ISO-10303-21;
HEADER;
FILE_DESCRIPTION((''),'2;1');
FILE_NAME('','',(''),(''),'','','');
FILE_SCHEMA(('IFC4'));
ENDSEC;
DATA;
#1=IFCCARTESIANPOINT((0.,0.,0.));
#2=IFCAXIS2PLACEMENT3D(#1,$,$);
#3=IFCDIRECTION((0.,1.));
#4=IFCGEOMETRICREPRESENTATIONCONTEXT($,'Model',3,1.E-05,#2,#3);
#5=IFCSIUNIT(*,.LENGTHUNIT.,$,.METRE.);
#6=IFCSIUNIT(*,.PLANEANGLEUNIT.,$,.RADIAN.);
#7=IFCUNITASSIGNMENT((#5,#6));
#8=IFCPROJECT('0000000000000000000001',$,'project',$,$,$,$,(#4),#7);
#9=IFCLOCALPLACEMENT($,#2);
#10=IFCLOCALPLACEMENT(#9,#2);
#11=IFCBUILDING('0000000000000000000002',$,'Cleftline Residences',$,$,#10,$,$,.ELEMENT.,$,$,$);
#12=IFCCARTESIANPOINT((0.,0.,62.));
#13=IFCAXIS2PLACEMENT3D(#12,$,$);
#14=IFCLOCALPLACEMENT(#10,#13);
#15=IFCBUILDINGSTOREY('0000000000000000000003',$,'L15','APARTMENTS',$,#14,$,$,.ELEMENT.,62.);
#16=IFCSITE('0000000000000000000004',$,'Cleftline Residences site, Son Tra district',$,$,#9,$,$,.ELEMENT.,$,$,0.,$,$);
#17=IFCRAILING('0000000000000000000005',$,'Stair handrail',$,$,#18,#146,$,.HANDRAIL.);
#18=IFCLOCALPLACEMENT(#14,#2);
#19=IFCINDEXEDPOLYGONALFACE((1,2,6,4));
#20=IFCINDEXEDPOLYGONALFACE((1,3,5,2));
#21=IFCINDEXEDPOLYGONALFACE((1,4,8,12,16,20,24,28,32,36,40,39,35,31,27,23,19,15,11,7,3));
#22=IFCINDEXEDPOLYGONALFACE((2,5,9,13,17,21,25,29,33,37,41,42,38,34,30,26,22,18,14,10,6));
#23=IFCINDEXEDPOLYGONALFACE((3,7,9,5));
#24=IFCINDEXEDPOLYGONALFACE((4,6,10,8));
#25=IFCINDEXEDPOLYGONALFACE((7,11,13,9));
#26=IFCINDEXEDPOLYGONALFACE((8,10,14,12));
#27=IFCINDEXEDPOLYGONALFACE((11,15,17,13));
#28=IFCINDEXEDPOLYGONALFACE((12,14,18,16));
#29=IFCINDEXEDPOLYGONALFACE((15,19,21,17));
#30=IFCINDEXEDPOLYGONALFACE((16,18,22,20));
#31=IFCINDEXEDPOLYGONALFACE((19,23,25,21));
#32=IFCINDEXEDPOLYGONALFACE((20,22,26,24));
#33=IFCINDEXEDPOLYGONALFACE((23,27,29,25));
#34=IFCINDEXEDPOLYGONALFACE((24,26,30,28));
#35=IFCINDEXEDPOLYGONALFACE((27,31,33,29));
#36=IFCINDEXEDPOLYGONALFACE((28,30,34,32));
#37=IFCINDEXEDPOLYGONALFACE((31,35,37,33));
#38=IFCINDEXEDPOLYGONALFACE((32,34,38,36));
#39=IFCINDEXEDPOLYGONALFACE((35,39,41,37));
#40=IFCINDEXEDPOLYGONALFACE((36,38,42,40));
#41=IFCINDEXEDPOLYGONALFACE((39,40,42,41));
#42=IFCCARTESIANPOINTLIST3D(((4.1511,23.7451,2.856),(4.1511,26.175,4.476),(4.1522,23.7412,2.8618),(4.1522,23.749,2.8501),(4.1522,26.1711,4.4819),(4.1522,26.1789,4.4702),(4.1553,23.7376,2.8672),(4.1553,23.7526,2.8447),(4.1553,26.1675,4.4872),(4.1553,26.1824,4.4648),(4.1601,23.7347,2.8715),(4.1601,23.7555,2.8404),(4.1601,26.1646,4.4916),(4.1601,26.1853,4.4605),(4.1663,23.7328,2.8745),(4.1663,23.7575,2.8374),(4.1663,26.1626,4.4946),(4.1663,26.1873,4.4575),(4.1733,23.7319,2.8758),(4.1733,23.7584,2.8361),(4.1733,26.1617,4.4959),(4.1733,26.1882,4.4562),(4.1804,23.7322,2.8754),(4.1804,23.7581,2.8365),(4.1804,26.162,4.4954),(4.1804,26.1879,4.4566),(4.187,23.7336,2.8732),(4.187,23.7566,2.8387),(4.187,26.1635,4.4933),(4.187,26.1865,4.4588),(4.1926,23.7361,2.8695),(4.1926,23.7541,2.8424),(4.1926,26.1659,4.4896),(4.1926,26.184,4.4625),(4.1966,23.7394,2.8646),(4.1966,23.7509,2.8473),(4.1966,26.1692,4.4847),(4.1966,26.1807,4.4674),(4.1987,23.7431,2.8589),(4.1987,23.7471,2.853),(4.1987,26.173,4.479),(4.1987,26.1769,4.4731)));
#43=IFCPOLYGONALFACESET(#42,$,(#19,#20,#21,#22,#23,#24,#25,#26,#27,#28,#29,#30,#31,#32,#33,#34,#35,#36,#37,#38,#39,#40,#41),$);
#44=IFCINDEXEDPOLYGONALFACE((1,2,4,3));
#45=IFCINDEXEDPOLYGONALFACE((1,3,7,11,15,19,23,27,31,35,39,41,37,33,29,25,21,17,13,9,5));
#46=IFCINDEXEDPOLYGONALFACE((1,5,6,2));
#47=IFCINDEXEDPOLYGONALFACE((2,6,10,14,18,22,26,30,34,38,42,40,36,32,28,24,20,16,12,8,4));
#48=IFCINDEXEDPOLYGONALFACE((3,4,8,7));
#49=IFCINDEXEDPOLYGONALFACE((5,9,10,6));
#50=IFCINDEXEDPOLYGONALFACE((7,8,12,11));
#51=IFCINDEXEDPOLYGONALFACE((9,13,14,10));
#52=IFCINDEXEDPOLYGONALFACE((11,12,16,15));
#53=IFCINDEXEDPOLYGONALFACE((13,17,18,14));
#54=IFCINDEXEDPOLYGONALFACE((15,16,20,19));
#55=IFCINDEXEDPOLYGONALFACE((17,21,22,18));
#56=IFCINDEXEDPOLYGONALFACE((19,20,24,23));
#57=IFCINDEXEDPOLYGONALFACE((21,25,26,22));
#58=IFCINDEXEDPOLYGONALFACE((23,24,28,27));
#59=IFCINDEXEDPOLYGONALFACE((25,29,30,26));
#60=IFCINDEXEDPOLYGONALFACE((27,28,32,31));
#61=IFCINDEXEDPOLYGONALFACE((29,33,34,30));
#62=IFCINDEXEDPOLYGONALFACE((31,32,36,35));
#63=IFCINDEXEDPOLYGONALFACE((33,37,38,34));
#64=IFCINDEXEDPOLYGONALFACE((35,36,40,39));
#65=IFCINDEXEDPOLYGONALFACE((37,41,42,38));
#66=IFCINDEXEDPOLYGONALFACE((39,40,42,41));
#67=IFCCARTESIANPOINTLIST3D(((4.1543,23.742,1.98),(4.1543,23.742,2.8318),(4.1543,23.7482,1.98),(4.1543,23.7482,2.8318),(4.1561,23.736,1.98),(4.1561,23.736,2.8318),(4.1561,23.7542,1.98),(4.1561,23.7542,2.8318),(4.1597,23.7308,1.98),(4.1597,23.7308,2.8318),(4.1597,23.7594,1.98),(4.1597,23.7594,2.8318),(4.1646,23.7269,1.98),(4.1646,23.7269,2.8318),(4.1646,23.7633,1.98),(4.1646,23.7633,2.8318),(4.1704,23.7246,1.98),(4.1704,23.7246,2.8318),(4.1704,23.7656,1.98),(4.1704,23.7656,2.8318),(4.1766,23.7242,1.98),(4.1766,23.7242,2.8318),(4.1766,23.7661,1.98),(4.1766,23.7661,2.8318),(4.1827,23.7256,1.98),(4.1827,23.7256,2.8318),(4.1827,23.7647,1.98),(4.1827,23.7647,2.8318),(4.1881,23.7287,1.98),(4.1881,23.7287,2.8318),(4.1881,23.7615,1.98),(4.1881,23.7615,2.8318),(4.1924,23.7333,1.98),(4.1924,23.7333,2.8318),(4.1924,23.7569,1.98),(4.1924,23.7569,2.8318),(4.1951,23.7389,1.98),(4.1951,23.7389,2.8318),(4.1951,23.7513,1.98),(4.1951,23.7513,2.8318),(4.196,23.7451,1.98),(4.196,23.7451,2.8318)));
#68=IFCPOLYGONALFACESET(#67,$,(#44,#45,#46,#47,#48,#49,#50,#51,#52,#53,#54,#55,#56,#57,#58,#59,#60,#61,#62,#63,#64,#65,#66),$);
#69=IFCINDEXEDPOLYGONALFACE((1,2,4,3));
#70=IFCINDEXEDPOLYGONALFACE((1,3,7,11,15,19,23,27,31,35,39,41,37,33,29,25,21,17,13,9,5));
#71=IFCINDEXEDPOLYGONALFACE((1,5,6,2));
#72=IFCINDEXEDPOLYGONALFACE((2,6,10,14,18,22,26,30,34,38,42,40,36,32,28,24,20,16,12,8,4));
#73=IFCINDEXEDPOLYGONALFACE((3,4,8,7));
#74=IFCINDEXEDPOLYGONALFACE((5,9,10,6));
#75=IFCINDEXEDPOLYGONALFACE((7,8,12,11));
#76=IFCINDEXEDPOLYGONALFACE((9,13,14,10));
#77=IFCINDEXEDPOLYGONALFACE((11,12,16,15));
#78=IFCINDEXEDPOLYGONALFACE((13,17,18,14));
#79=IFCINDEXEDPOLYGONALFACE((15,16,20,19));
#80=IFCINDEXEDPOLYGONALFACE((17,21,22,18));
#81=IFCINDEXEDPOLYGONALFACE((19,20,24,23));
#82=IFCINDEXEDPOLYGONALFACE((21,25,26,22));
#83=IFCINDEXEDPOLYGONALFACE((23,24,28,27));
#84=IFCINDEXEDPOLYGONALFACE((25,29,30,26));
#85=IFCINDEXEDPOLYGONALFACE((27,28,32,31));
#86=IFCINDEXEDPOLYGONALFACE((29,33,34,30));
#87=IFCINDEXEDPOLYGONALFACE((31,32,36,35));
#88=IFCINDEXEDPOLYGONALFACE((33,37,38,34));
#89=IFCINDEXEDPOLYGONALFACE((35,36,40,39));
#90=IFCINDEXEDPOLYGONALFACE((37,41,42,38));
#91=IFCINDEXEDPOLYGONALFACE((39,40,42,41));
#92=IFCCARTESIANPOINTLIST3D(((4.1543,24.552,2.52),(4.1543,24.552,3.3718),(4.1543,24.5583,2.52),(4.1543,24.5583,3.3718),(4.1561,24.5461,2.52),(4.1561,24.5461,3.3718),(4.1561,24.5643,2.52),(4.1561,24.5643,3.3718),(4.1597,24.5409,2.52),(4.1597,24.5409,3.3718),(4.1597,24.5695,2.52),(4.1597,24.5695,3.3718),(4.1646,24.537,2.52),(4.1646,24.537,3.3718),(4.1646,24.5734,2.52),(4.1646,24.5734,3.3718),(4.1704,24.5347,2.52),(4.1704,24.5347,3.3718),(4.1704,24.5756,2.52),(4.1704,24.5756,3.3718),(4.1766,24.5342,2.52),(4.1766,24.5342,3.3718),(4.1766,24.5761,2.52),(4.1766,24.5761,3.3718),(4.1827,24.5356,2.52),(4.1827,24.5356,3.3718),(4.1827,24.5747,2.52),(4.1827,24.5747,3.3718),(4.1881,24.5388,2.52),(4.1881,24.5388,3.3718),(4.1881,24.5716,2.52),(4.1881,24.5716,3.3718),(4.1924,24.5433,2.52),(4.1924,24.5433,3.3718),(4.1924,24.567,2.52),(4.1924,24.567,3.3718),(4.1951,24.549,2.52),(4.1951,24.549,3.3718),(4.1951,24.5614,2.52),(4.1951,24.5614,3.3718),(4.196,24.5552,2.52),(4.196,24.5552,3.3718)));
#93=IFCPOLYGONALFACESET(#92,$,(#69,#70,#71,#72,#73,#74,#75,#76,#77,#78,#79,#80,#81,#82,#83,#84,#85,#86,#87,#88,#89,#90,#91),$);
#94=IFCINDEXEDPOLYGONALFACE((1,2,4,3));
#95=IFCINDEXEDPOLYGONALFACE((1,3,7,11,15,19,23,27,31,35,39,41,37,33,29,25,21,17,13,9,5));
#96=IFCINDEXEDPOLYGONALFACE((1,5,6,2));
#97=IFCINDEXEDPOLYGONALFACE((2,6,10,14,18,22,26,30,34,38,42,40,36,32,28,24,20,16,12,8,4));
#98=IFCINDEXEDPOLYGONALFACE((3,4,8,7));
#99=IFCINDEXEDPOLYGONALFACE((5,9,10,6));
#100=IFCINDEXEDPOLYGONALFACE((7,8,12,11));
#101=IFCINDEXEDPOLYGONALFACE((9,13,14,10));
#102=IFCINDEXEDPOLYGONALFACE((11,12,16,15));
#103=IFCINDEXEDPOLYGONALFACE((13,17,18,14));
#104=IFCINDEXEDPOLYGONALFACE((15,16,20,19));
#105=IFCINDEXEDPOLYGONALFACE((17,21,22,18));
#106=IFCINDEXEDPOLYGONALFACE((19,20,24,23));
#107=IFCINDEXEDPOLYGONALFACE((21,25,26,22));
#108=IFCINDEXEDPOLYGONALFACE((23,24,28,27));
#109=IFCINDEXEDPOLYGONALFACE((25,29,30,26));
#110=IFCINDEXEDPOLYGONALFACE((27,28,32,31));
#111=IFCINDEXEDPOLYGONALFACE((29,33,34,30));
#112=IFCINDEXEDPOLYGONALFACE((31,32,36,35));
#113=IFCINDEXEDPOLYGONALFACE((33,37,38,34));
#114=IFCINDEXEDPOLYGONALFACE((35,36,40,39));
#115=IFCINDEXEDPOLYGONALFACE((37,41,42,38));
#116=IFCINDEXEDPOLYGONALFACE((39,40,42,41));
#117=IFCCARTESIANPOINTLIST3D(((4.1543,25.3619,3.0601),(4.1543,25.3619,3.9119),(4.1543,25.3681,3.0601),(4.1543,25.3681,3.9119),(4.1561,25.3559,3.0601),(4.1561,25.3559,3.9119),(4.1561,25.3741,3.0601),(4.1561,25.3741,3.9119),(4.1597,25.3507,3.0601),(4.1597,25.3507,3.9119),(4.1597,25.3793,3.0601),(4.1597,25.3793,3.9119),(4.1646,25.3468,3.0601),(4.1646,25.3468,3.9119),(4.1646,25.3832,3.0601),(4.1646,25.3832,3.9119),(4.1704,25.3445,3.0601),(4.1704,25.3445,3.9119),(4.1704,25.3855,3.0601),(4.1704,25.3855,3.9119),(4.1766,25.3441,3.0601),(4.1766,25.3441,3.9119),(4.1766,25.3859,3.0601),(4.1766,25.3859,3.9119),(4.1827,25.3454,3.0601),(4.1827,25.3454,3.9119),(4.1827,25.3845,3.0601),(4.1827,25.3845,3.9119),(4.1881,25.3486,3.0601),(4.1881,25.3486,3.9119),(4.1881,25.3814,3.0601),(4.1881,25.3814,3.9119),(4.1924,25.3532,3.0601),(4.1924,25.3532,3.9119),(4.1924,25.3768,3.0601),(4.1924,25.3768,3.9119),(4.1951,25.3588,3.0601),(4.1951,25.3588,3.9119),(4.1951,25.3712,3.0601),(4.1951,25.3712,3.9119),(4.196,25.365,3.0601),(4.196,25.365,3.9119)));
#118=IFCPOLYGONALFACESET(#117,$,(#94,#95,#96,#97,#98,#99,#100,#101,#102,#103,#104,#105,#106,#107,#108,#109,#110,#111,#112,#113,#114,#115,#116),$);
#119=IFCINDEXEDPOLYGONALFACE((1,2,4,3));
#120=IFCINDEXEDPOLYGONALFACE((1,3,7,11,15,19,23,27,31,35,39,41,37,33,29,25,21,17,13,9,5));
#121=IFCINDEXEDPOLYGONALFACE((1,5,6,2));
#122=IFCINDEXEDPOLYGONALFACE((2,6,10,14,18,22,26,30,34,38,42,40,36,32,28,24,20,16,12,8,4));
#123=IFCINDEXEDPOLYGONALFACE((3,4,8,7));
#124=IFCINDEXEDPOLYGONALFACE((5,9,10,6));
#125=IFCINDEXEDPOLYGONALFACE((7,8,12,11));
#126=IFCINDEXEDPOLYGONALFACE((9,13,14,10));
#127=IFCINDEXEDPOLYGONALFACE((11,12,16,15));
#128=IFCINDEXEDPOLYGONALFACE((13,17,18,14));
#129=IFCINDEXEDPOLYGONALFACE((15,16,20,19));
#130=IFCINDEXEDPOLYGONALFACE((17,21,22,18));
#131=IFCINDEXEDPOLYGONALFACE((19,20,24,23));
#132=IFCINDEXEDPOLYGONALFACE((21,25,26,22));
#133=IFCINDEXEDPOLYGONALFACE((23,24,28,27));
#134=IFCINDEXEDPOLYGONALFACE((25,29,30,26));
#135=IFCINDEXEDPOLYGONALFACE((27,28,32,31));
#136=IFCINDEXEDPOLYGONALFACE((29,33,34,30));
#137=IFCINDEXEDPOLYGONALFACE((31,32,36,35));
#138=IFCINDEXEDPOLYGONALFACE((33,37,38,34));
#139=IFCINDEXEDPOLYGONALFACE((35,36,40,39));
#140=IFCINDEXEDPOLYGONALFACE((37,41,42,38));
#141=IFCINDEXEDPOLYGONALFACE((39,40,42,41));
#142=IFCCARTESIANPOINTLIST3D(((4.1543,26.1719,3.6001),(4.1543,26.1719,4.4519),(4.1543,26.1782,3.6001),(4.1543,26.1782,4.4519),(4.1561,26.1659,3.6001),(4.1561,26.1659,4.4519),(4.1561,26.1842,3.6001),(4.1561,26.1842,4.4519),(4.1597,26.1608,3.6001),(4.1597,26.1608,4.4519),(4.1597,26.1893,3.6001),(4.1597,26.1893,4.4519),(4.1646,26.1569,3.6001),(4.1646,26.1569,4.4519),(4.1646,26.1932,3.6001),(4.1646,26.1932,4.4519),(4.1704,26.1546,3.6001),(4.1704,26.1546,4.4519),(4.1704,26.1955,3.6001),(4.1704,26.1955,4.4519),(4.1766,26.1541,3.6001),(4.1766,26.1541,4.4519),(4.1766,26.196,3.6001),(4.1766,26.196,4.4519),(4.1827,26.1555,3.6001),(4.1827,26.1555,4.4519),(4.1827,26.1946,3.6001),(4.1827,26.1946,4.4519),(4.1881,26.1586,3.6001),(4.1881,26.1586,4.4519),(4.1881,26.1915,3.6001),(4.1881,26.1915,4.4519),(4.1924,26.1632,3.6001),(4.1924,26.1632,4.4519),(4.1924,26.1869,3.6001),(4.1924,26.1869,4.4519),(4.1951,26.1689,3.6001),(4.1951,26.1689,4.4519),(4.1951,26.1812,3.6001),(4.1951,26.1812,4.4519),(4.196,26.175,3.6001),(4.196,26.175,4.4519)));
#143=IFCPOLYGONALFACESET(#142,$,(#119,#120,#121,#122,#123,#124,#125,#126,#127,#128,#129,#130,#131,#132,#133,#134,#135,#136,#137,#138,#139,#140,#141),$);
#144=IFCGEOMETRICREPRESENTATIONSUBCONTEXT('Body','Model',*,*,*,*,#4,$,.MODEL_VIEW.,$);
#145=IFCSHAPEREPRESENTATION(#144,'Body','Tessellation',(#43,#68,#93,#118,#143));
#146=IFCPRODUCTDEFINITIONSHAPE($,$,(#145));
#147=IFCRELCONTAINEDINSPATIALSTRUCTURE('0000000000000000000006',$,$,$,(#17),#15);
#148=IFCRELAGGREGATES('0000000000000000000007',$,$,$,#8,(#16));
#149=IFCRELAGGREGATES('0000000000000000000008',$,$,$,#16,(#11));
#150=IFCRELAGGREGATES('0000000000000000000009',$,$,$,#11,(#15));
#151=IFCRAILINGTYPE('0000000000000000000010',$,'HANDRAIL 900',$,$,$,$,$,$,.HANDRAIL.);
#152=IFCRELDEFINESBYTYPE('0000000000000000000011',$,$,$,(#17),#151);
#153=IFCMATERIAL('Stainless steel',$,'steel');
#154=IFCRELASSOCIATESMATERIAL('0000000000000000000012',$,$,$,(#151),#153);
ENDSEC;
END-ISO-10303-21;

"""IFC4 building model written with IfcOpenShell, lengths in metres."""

from ifc_helpers import new_model, si_unit, direction, frame, origin, origin_2d, place, context, subcontext, project, spatial, circle, extrude, material, type_object, element, save


model = new_model("IFC4")

# Units and contexts
model_context = context("Model", 3, precision=1e-05, world=origin(), true_north=direction((0.0, 1.0)))
body_context = subcontext(model_context, "Body", "Model", "MODEL_VIEW")
ifc_project = project(units=[si_unit("LENGTHUNIT", "METRE"), si_unit("PLANEANGLEUNIT", "RADIAN")], contexts=[model_context])

# Site, building, storey
site_placement = place(None, origin())
site = spatial("IfcSite", under=ifc_project, at=site_placement, Name="Cleftline Residences site, Son Tra district", CompositionType="ELEMENT", RefElevation=0.0)
building_placement = place(site_placement, origin())
building = spatial("IfcBuilding", under=site, at=building_placement, Name="Cleftline Residences", CompositionType="ELEMENT")
storey_placement = place(building_placement, frame((0.0, 0.0, 62.0)))
storey = spatial("IfcBuildingStorey", under=building, at=storey_placement, Name="L15", Description="APARTMENTS", CompositionType="ELEMENT", Elevation=62.0)

# Railing
ifc_material_1 = material(Name="Stainless steel", Category="steel")
railing_type = type_object("IfcRailingType", Name="HANDRAIL 900", PredefinedType="HANDRAIL", material=ifc_material_1)
railing_1_placement = place(storey_placement, frame((4.175, 23.7451, 1.98)))
element("IfcRailing", 1, at=railing_1_placement, inside=storey, type_object=railing_type, Name="Stair handrail", PredefinedType="HANDRAIL", context=body_context, shape_type="SweptSolid", body=[
    extrude(circle(Radius=0.0239, at=origin_2d()), frame((0.0, 0.0, 0.876), z_axis=(0.0, 0.832025, 0.554739), x_axis=(-1.0, 0.0, 0.0)), (0.0, 0.0, 1.0), 2.9204),
    extrude(circle(Radius=0.021, at=origin_2d()), origin(), (0.0, 0.0, 1.0), 0.8518),
    extrude(circle(Radius=0.021, at=origin_2d()), frame((0.0, 0.8101, 0.54)), (0.0, 0.0, 1.0), 0.8518),
    extrude(circle(Radius=0.021, at=origin_2d()), frame((0.0, 1.6199, 1.0801)), (0.0, 0.0, 1.0), 0.8518),
    extrude(circle(Radius=0.021, at=origin_2d()), frame((0.0, 2.4299, 1.6201)), (0.0, 0.0, 1.0), 0.8518),
])

save(model, "model.ifc")
